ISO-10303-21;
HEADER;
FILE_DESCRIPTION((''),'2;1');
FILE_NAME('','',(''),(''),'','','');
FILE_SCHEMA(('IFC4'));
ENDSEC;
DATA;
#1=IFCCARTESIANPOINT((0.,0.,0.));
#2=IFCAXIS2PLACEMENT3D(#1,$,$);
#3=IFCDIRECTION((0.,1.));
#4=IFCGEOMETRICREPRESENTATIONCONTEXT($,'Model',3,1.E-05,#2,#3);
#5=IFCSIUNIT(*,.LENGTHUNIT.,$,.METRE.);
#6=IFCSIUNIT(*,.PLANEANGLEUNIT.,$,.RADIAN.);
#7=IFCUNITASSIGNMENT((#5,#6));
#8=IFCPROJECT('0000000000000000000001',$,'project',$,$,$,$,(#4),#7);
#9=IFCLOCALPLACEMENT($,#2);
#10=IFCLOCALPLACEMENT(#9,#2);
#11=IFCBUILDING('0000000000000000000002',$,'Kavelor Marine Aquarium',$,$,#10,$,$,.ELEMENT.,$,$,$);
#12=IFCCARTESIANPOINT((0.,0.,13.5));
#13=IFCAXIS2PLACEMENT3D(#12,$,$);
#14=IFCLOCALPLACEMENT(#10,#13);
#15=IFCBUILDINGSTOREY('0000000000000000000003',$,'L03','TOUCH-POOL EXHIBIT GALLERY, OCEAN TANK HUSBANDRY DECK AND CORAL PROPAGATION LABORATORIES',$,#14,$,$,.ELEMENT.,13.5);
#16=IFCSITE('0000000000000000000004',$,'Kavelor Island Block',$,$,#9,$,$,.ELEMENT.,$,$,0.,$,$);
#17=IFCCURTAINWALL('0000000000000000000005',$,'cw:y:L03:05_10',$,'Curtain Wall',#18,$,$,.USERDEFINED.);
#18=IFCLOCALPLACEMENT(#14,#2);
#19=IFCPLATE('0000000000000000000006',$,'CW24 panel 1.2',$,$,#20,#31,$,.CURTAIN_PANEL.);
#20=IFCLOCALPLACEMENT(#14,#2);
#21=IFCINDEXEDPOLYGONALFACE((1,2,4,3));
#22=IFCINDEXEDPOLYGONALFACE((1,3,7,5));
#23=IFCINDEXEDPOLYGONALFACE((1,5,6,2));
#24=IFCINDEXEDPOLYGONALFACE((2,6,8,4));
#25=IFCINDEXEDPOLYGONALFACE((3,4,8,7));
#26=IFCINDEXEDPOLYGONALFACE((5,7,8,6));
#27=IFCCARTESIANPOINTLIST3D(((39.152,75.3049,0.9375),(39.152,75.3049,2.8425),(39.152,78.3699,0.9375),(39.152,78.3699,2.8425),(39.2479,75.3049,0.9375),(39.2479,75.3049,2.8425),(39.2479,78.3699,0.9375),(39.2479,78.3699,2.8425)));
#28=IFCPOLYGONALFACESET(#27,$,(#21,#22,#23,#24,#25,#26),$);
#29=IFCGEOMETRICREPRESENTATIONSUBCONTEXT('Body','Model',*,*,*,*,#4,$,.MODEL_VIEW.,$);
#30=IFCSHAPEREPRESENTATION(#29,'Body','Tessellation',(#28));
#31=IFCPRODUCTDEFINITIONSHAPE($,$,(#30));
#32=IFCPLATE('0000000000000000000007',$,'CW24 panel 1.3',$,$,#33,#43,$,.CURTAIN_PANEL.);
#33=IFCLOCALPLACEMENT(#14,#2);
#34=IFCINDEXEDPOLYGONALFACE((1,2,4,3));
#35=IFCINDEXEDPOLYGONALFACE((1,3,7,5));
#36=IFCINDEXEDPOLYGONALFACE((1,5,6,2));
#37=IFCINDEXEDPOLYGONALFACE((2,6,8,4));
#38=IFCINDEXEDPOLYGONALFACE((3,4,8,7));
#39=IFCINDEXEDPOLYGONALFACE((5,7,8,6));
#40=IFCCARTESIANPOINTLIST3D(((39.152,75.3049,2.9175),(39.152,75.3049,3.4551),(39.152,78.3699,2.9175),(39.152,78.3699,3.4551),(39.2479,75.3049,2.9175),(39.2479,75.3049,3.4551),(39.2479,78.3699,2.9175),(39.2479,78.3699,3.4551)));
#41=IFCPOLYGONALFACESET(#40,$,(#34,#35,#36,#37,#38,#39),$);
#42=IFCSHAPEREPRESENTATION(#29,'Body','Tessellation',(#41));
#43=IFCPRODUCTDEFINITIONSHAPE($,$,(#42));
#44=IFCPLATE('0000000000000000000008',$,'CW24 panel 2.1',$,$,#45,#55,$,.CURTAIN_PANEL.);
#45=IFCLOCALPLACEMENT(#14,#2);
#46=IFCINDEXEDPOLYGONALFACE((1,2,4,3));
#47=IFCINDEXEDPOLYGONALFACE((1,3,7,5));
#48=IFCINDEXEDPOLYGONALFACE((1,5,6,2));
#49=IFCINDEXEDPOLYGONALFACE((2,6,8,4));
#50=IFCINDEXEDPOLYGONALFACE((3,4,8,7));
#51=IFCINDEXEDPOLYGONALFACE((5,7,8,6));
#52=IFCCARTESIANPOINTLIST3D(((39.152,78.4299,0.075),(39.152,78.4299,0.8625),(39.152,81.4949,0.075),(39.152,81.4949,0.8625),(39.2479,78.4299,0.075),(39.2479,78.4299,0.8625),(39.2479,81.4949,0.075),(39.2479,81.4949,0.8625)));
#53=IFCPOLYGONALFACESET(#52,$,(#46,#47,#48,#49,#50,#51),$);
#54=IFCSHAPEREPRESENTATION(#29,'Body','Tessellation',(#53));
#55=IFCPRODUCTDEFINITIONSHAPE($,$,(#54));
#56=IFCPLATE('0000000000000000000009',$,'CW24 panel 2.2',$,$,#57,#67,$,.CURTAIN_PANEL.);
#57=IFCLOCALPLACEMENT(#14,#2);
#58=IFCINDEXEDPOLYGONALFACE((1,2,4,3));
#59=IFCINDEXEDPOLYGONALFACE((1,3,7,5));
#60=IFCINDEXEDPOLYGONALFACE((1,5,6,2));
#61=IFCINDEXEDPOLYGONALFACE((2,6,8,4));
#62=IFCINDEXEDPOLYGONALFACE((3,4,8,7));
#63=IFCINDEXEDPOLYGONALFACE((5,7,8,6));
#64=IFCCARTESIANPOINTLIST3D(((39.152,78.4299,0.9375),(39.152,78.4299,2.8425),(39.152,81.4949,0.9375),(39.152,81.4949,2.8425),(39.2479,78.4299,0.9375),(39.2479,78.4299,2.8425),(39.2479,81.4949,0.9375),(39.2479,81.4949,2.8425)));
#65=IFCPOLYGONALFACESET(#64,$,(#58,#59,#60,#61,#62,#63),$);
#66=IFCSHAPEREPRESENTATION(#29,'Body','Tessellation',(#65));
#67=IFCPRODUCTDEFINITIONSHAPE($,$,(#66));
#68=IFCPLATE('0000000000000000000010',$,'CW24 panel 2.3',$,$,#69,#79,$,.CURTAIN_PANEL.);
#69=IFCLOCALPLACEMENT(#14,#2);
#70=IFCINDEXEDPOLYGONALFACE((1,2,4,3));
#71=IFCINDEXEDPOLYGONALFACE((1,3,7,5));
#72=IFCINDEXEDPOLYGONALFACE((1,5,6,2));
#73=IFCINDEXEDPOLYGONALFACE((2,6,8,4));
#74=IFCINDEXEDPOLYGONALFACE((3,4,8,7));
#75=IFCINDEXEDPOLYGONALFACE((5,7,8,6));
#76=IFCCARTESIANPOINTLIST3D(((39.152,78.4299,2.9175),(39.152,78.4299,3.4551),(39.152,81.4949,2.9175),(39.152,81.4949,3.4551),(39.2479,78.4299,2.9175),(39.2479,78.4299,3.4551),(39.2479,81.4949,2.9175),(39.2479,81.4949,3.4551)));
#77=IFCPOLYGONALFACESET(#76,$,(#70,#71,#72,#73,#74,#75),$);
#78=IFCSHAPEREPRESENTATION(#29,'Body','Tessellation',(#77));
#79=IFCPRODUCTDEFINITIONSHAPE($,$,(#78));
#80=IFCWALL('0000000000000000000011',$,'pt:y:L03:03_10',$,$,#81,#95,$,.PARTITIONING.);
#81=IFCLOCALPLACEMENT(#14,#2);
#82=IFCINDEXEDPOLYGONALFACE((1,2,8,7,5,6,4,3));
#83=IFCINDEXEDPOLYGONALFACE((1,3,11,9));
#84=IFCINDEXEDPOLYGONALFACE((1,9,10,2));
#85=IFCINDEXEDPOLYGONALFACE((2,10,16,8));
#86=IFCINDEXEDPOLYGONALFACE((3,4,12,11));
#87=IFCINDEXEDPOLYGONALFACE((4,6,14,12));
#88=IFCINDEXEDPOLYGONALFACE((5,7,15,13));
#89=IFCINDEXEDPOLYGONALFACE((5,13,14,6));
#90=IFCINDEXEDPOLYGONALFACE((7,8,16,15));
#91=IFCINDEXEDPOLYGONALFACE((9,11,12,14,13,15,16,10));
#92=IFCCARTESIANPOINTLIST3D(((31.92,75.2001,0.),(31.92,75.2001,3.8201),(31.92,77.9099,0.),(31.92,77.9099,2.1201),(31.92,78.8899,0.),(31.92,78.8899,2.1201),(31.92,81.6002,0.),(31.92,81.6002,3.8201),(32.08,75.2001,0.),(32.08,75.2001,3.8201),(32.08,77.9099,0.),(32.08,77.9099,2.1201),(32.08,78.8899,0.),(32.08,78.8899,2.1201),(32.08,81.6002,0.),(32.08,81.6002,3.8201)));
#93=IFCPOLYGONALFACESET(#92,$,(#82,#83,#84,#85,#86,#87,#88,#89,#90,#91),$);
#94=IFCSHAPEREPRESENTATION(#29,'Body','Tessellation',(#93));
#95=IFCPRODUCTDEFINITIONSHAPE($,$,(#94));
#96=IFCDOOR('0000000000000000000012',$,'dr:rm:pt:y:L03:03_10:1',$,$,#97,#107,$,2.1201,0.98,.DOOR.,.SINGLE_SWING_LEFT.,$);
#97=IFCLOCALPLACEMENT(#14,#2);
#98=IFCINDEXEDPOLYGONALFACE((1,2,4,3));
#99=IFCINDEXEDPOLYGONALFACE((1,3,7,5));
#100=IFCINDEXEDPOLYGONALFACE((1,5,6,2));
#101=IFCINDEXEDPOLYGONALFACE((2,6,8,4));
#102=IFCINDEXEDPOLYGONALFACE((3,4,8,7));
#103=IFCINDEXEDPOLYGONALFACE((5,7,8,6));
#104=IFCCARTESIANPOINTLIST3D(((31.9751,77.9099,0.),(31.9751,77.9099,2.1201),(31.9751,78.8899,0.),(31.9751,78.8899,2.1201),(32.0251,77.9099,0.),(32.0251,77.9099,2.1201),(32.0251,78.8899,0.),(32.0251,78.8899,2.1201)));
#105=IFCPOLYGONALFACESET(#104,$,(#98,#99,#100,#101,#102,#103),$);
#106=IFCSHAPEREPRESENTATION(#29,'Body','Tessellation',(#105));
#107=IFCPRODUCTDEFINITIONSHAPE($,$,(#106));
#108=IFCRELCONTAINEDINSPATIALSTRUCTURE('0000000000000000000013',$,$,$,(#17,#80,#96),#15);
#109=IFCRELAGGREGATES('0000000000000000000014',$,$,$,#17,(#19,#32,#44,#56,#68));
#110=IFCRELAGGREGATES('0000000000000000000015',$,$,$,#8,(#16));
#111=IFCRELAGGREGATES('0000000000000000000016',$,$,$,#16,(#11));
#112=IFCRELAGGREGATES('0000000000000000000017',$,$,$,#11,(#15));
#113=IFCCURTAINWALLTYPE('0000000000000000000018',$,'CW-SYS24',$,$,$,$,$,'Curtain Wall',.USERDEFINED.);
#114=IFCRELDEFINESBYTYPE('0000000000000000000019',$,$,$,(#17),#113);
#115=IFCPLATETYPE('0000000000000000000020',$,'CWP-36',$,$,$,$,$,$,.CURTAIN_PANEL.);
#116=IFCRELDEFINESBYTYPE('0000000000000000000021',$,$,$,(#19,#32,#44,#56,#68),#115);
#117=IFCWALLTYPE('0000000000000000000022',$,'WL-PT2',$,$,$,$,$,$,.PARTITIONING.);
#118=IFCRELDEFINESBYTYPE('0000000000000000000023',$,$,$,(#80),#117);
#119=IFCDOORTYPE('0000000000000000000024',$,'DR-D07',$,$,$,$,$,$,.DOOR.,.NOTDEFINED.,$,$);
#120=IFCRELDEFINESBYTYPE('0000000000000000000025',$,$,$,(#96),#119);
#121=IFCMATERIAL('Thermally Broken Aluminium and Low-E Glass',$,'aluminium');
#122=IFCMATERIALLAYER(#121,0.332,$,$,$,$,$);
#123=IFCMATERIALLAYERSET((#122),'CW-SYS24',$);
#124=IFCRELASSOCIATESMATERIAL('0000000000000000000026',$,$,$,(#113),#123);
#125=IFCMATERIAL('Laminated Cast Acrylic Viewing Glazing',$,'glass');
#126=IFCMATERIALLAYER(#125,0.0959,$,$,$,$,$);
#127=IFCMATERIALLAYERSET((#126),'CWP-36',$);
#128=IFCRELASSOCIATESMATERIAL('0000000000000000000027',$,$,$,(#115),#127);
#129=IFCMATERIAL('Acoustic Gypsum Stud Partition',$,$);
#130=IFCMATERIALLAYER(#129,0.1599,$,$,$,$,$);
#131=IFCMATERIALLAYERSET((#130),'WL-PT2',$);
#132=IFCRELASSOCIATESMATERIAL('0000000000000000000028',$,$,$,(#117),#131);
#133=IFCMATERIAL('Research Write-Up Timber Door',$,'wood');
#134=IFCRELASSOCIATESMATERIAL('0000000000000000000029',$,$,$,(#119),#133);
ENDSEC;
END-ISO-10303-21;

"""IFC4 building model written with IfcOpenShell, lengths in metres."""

from ifc_helpers import new_model, si_unit, direction, frame, frame_2d, origin, origin_2d, place, context, subcontext, project, spatial, rectangle, extrude, material, layer, layer_set, type_object, element, fill, aggregate, save


model = new_model("IFC4")

# Units and contexts
model_context = context("Model", 3, precision=1e-05, world=origin(), true_north=direction((0.0, 1.0)))
body_context = subcontext(model_context, "Body", "Model", "MODEL_VIEW")
ifc_project = project(units=[si_unit("LENGTHUNIT", "METRE"), si_unit("PLANEANGLEUNIT", "RADIAN")], contexts=[model_context])

# Site, building, storey
site_placement = place(None, origin())
site = spatial("IfcSite", under=ifc_project, at=site_placement, Name="Kavelor Island Block", CompositionType="ELEMENT", RefElevation=0.0)
building_placement = place(site_placement, origin())
building = spatial("IfcBuilding", under=site, at=building_placement, Name="Kavelor Marine Aquarium", CompositionType="ELEMENT")
storey_placement = place(building_placement, frame((0.0, 0.0, 13.5)))
storey = spatial("IfcBuildingStorey", under=building, at=storey_placement, Name="L03", Description="TOUCH-POOL EXHIBIT GALLERY, OCEAN TANK HUSBANDRY DECK AND CORAL PROPAGATION LABORATORIES", CompositionType="ELEMENT", Elevation=13.5)

# Curtain wall
ifc_material_1 = material(Name="Thermally Broken Aluminium and Low-E Glass", Category="aluminium")
ifc_layer_1 = layer(ifc_material_1, 0.332)
ifc_layer_set_1 = layer_set([ifc_layer_1], Name="CW-SYS24")
curtain_wall_type_1 = type_object("IfcCurtainWallType", Name="CW-SYS24", ElementType="Curtain Wall", PredefinedType="USERDEFINED", material=ifc_layer_set_1)
curtain_wall_1_placement = place(storey_placement, origin())
curtain_wall_1 = element("IfcCurtainWall", 1, at=curtain_wall_1_placement, inside=storey, type_object=curtain_wall_type_1, Name="cw:y:L03:05_10", ObjectType="Curtain Wall", PredefinedType="USERDEFINED")

# Plates
ifc_material_2 = material(Name="Laminated Cast Acrylic Viewing Glazing", Category="glass")
ifc_layer_2 = layer(ifc_material_2, 0.0959)
ifc_layer_set_2 = layer_set([ifc_layer_2], Name="CWP-36")
plate_type = type_object("IfcPlateType", Name="CWP-36", PredefinedType="CURTAIN_PANEL", material=ifc_layer_set_2)
plate_1_placement = place(storey_placement, frame((39.2, 76.8374, 0.9375), z_axis=(0.0, 0.0, 1.0), x_axis=(0.0, 1.0, 0.0)))
plate_1 = element("IfcPlate", 2, at=plate_1_placement, type_object=plate_type, Name="CW24 panel 1.2", PredefinedType="CURTAIN_PANEL", context=body_context, shape_type="SweptSolid", body=[
    extrude(rectangle(XDim=3.0649, YDim=0.0959, at=origin_2d()), origin(), (0.0, 0.0, 1.0), 1.905),
])
plate_2_placement = place(storey_placement, frame((39.2, 76.8374, 2.9175), z_axis=(0.0, 0.0, 1.0), x_axis=(0.0, 1.0, 0.0)))
plate_2 = element("IfcPlate", 3, at=plate_2_placement, type_object=plate_type, Name="CW24 panel 1.3", PredefinedType="CURTAIN_PANEL", context=body_context, shape_type="SweptSolid", body=[
    extrude(rectangle(XDim=3.0649, YDim=0.0959, at=origin_2d()), origin(), (0.0, 0.0, 1.0), 0.5376),
])
plate_3_placement = place(storey_placement, frame((39.2, 79.9624, 0.075), z_axis=(0.0, 0.0, 1.0), x_axis=(0.0, 1.0, 0.0)))
plate_3 = element("IfcPlate", 4, at=plate_3_placement, type_object=plate_type, Name="CW24 panel 2.1", PredefinedType="CURTAIN_PANEL", context=body_context, shape_type="SweptSolid", body=[
    extrude(rectangle(XDim=3.0649, YDim=0.0959, at=origin_2d()), origin(), (0.0, 0.0, 1.0), 0.7876),
])
plate_4_placement = place(storey_placement, frame((39.2, 79.9624, 0.9375), z_axis=(0.0, 0.0, 1.0), x_axis=(0.0, 1.0, 0.0)))
plate_4 = element("IfcPlate", 5, at=plate_4_placement, type_object=plate_type, Name="CW24 panel 2.2", PredefinedType="CURTAIN_PANEL", context=body_context, shape_type="SweptSolid", body=[
    extrude(rectangle(XDim=3.0649, YDim=0.0959, at=origin_2d()), origin(), (0.0, 0.0, 1.0), 1.905),
])
plate_5_placement = place(storey_placement, frame((39.2, 79.9624, 2.9175), z_axis=(0.0, 0.0, 1.0), x_axis=(0.0, 1.0, 0.0)))
plate_5 = element("IfcPlate", 6, at=plate_5_placement, type_object=plate_type, Name="CW24 panel 2.3", PredefinedType="CURTAIN_PANEL", context=body_context, shape_type="SweptSolid", body=[
    extrude(rectangle(XDim=3.0649, YDim=0.0959, at=origin_2d()), origin(), (0.0, 0.0, 1.0), 0.5376),
])
aggregate(curtain_wall_1, [plate_1, plate_2, plate_3, plate_4, plate_5])

# Wall, opening, door
ifc_material_3 = material(Name="Acoustic Gypsum Stud Partition")
ifc_layer_3 = layer(ifc_material_3, 0.1599)
ifc_layer_set_3 = layer_set([ifc_layer_3], Name="WL-PT2")
wall_type = type_object("IfcWallType", Name="WL-PT2", PredefinedType="PARTITIONING", material=ifc_layer_set_3)
wall_placement = place(storey_placement, frame((32.0, 75.2, 0.0), z_axis=(0.0, 0.0, 1.0), x_axis=(0.0, 1.0, 0.0)))
wall = element("IfcWall", 7, at=wall_placement, inside=storey, type_object=wall_type, Name="pt:y:L03:03_10", PredefinedType="PARTITIONING", context=body_context, shape_type="SweptSolid", body=[
    extrude(rectangle(XDim=6.4001, YDim=0.1599, at=frame_2d((3.2002, 0.0))), origin(), (0.0, 0.0, 1.0), 3.8201),
])
opening_placement = place(wall_placement, frame((2.71, 0.0, 0.0)))
opening = element("IfcOpeningElement", 8, at=opening_placement, cuts=wall, PredefinedType="OPENING", context=body_context, shape_type="SweptSolid", body=[
    extrude(rectangle(XDim=0.98, YDim=2.1201, at=frame_2d((0.49, 1.0601))), frame((0.0, 0.0898, 0.0), z_axis=(0.0, -1.0, 0.0), x_axis=(1.0, 0.0, 0.0)), (0.0, 0.0, 1.0), 0.1799),
])
ifc_material_4 = material(Name="Research Write-Up Timber Door", Category="wood")
door_type = type_object("IfcDoorType", Name="DR-D07", OperationType="NOTDEFINED", PredefinedType="DOOR", material=ifc_material_4)
door_placement = place(opening_placement, origin())
door = element("IfcDoor", 9, at=door_placement, inside=storey, type_object=door_type, Name="dr:rm:pt:y:L03:03_10:1", OperationType="SINGLE_SWING_LEFT", OverallHeight=2.1201, OverallWidth=0.98, PredefinedType="DOOR", context=body_context, shape_type="SweptSolid", body=[
    extrude(rectangle(XDim=0.98, YDim=2.1201, at=frame_2d((0.49, 1.0601))), frame((0.0, 0.0249, 0.0), z_axis=(0.0, -1.0, 0.0), x_axis=(1.0, 0.0, 0.0)), (0.0, 0.0, 1.0), 0.05),
])
fill(opening, door)

save(model, "model.ifc")
